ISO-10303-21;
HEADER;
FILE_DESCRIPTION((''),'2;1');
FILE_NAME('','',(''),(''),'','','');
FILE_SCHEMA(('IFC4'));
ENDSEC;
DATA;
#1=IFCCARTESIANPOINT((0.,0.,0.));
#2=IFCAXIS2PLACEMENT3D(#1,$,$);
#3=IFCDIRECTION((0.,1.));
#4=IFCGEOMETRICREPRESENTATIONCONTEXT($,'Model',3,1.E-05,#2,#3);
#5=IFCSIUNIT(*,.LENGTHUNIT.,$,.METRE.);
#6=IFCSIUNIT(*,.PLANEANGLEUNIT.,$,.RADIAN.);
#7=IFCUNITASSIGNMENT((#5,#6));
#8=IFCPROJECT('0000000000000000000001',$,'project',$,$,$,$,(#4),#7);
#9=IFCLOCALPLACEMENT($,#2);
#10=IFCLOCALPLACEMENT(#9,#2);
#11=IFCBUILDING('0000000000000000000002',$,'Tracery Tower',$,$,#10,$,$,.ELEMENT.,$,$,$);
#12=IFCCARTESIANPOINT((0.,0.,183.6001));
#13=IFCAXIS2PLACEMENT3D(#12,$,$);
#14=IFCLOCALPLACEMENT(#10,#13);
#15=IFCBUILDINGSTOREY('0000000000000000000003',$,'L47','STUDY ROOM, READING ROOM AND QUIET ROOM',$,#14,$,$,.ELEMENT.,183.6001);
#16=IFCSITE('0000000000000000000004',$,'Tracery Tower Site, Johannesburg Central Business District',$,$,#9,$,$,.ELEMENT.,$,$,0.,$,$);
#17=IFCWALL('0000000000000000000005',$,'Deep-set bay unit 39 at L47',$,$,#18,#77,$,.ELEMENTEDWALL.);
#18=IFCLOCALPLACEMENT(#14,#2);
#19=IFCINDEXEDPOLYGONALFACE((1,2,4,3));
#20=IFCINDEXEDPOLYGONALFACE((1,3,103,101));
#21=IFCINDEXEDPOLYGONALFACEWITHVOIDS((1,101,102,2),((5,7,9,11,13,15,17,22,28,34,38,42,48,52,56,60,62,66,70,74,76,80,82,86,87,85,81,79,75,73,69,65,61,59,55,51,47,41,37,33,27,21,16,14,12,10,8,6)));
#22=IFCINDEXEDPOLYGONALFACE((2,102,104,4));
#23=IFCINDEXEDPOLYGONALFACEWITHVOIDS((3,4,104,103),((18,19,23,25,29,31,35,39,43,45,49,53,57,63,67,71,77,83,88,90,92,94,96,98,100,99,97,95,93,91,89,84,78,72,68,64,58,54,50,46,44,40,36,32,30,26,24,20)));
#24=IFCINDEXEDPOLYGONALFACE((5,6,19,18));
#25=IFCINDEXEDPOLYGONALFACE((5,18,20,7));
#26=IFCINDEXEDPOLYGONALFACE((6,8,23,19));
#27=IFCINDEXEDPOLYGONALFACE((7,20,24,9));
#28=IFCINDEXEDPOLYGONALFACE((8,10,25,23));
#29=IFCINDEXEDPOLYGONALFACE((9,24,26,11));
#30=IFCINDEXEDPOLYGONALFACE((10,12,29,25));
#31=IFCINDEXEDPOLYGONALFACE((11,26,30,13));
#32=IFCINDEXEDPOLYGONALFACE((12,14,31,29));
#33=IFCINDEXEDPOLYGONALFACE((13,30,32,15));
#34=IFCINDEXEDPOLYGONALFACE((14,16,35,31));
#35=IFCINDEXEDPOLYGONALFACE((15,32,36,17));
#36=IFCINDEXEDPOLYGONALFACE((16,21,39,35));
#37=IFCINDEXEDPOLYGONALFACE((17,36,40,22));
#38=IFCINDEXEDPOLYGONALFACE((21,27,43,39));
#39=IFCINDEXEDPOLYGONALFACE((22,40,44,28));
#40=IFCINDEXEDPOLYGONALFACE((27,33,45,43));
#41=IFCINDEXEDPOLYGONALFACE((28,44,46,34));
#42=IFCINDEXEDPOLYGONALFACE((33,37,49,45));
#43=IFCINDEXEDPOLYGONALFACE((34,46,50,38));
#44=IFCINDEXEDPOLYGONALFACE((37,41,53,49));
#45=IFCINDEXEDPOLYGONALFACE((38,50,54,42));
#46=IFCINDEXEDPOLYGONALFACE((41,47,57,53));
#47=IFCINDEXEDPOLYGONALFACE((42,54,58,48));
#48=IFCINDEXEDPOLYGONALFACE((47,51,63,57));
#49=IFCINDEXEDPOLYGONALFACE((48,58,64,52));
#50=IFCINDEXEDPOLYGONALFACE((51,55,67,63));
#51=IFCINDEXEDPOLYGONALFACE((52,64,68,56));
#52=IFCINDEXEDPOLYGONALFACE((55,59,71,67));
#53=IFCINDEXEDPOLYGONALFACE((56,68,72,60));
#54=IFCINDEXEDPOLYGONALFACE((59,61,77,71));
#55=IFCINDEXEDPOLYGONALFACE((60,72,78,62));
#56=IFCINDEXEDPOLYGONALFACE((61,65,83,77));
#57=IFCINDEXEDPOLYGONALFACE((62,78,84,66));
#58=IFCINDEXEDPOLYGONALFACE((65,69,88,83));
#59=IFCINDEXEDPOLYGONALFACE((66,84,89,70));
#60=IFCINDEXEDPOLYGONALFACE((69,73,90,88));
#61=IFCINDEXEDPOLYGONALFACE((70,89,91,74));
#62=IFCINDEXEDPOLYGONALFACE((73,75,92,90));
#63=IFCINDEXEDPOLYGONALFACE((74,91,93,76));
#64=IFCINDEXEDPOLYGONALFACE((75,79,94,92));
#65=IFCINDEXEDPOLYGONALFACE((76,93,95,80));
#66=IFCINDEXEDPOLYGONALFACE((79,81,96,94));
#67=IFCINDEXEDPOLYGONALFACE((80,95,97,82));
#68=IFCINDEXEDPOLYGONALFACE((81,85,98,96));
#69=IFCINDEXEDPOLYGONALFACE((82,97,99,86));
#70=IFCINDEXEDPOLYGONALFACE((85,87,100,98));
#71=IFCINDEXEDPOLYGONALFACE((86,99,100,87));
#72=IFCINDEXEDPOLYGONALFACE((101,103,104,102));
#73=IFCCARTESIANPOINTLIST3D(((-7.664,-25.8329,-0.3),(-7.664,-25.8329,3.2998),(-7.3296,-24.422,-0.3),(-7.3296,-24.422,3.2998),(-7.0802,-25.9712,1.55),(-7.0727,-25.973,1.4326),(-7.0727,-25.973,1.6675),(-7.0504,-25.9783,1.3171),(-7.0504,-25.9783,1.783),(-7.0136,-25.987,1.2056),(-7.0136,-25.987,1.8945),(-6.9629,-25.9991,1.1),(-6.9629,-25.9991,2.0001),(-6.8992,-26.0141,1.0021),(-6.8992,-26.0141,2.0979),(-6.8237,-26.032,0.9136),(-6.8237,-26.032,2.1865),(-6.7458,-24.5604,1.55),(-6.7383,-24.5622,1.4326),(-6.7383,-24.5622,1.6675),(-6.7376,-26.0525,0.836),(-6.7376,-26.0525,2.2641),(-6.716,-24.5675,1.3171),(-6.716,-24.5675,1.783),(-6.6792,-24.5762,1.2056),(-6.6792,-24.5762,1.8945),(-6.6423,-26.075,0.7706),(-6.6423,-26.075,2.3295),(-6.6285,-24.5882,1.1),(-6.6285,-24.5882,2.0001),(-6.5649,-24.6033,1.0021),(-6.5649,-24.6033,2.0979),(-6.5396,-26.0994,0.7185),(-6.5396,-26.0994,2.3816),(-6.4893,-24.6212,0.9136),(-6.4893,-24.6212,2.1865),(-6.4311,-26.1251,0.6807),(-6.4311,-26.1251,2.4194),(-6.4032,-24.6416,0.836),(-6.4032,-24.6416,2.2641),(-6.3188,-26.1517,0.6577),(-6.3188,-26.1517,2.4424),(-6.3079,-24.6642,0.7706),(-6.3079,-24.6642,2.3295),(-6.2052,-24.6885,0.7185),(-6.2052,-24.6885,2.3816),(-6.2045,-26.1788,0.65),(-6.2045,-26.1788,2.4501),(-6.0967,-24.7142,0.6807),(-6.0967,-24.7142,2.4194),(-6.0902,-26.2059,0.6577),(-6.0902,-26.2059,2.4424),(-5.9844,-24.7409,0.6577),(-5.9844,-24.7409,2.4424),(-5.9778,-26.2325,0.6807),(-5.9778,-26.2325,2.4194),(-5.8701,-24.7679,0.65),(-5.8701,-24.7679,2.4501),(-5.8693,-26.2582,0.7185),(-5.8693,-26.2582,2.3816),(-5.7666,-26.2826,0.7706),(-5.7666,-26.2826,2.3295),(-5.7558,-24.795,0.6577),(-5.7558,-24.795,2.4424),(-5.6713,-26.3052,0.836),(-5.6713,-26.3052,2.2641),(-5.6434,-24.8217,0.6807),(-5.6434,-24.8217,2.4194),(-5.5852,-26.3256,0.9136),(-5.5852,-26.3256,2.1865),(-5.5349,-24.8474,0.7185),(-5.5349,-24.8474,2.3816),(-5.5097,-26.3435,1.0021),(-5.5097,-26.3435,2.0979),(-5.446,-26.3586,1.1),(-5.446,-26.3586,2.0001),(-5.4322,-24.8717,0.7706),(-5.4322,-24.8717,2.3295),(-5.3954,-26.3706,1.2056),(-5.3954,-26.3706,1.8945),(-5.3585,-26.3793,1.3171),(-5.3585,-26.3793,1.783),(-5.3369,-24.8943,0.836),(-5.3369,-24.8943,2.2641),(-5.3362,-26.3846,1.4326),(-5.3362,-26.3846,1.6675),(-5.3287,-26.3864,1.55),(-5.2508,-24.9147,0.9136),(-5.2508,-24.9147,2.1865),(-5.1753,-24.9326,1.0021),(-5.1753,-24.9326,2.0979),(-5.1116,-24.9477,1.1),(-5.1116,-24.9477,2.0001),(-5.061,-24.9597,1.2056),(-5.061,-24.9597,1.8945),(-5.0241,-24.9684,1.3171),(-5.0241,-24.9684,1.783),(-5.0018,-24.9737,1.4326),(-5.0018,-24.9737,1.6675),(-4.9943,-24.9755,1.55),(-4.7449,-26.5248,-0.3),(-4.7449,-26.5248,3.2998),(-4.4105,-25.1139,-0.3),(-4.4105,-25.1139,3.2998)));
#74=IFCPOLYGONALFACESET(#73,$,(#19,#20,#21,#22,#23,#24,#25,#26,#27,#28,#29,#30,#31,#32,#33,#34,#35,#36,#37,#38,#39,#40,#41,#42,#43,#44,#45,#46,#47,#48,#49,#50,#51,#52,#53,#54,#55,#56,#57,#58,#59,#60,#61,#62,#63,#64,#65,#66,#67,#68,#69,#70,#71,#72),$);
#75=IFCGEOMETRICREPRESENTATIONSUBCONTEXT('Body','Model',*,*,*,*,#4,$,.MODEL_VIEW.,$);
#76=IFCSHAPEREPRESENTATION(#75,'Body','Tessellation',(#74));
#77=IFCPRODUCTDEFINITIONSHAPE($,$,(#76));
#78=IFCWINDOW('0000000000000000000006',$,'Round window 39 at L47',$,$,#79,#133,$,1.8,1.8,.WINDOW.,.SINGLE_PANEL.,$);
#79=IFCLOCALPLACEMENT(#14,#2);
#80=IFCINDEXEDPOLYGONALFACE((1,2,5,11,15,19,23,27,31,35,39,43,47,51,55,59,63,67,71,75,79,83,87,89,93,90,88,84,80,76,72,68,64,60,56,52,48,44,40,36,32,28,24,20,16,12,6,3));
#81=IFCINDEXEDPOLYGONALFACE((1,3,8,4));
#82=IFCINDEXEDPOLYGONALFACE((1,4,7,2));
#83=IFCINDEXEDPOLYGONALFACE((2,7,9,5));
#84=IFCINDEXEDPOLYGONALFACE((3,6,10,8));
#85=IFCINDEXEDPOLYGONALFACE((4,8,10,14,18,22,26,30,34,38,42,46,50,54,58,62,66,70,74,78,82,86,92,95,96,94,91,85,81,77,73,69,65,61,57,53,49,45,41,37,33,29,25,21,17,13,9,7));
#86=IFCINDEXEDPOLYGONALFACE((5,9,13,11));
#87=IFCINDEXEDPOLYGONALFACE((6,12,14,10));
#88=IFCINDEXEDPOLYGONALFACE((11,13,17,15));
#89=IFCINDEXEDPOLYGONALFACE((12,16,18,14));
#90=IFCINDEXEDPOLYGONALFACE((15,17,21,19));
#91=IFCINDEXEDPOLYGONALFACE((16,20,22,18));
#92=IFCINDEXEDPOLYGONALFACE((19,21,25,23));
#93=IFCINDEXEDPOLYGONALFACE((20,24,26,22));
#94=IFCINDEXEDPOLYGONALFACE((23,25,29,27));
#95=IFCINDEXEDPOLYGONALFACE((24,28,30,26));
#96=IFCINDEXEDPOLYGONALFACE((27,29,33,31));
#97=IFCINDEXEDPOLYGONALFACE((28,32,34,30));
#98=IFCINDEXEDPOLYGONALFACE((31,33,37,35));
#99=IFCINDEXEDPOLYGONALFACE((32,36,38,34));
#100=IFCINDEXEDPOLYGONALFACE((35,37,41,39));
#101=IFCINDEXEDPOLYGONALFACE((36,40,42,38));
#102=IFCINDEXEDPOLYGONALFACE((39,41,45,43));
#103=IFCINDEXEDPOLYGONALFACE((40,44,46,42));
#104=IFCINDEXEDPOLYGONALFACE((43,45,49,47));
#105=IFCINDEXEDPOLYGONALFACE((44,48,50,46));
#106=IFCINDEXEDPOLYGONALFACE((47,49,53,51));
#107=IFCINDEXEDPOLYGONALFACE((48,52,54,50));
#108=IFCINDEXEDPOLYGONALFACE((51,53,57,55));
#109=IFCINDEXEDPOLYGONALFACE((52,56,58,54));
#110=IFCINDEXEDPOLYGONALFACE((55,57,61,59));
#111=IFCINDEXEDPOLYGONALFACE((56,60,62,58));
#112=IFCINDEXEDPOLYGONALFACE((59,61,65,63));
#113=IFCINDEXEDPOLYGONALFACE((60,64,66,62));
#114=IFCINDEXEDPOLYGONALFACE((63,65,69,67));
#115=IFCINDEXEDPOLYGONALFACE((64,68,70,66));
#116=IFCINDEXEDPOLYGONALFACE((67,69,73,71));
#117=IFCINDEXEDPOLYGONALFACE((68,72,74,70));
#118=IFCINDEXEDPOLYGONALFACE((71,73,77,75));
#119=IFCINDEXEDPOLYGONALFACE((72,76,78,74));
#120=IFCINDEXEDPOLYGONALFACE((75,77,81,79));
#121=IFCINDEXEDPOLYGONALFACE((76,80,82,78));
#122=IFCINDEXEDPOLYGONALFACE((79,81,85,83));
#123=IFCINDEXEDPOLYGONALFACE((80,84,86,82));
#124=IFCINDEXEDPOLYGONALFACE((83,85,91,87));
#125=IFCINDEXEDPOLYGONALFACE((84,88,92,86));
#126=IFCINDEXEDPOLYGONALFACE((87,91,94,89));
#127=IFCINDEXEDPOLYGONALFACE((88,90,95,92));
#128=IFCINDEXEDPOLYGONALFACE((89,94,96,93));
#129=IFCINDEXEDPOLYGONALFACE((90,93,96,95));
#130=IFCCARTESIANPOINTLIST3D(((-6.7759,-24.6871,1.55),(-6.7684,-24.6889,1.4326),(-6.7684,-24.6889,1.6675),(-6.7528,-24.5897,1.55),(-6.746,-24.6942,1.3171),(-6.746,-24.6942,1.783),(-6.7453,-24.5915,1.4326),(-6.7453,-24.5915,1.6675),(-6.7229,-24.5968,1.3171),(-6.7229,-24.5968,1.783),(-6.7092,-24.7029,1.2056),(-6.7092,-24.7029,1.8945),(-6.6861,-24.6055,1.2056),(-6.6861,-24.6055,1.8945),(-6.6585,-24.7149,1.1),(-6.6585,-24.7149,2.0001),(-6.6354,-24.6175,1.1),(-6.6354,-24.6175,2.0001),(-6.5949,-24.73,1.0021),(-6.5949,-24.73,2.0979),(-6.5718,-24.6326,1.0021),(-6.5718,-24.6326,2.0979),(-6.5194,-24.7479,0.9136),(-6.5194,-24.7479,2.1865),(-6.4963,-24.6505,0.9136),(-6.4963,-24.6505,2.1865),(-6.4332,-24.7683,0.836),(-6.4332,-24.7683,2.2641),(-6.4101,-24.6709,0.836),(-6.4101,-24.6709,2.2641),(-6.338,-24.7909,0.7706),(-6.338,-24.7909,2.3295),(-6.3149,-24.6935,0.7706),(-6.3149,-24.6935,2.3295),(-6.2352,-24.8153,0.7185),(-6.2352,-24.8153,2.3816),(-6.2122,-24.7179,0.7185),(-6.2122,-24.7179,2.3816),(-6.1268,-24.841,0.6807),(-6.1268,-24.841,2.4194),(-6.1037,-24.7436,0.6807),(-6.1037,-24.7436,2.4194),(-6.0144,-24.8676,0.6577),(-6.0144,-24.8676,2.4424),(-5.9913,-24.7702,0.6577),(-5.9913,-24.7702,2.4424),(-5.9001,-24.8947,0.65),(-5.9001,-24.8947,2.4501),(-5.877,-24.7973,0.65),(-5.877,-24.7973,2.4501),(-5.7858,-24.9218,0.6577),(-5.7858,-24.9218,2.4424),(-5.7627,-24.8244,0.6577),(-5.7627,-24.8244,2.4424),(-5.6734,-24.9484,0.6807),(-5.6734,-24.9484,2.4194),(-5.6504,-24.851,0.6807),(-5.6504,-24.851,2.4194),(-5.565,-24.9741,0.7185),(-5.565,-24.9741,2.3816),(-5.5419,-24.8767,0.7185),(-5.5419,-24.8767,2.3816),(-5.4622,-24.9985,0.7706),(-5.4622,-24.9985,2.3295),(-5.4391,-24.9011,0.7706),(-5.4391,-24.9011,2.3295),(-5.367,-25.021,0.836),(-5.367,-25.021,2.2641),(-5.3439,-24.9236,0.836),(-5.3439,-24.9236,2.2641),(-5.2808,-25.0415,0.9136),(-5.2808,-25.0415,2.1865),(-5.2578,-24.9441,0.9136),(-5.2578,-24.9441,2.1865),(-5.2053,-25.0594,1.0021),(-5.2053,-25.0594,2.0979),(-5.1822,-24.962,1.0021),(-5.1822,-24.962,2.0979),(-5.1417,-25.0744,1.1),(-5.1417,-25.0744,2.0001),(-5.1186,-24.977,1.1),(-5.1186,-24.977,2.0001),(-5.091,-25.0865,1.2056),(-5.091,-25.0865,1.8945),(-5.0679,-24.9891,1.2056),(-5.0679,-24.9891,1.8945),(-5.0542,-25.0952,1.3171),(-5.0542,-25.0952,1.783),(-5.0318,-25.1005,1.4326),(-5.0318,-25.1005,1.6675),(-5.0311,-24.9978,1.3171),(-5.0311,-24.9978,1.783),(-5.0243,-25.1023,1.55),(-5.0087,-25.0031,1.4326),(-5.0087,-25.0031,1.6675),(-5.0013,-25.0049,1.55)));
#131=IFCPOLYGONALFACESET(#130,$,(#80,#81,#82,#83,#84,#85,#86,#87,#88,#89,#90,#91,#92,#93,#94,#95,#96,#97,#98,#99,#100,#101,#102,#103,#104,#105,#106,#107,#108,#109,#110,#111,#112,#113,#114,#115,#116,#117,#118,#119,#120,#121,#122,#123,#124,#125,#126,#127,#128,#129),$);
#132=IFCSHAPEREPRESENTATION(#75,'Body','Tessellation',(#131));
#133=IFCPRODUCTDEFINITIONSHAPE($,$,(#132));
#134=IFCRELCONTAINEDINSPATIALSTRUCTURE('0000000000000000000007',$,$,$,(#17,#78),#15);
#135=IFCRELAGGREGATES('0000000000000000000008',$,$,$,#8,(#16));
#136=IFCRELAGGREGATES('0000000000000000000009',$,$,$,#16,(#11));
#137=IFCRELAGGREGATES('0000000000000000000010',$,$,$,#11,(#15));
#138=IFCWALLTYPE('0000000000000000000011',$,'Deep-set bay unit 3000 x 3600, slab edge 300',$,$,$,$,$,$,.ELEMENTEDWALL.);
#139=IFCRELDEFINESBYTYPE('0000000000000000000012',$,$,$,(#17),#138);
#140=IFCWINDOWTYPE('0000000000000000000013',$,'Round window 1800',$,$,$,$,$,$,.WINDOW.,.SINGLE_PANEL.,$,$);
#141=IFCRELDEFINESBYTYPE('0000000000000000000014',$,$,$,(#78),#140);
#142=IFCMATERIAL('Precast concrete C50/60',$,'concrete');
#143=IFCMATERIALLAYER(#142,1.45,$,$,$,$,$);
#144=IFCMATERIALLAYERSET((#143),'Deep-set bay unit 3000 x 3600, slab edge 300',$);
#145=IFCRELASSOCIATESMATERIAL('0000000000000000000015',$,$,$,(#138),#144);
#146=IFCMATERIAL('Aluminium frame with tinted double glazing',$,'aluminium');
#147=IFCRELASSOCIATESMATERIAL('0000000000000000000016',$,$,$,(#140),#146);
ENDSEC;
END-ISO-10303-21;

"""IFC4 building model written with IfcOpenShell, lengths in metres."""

from ifc_helpers import new_model, si_unit, direction, frame, frame_2d, origin, origin_2d, place, context, subcontext, project, spatial, rectangle, circle, extrude, material, layer, layer_set, type_object, element, fill, save


model = new_model("IFC4")

# Units and contexts
model_context = context("Model", 3, precision=1e-05, world=origin(), true_north=direction((0.0, 1.0)))
body_context = subcontext(model_context, "Body", "Model", "MODEL_VIEW")
ifc_project = project(units=[si_unit("LENGTHUNIT", "METRE"), si_unit("PLANEANGLEUNIT", "RADIAN")], contexts=[model_context])

# Site, building, storey
site_placement = place(None, origin())
site = spatial("IfcSite", under=ifc_project, at=site_placement, Name="Tracery Tower Site, Johannesburg Central Business District", CompositionType="ELEMENT", RefElevation=0.0)
building_placement = place(site_placement, origin())
building = spatial("IfcBuilding", under=site, at=building_placement, Name="Tracery Tower", CompositionType="ELEMENT")
storey_placement = place(building_placement, frame((0.0, 0.0, 183.6001)))
storey = spatial("IfcBuildingStorey", under=building, at=storey_placement, Name="L47", Description="STUDY ROOM, READING ROOM AND QUIET ROOM", CompositionType="ELEMENT", Elevation=183.6001)

# Wall, opening, window
ifc_material_1 = material(Name="Precast concrete C50/60", Category="concrete")
ifc_layer_1 = layer(ifc_material_1, 1.45)
ifc_layer_set_1 = layer_set([ifc_layer_1], Name="Deep-set bay unit 3000 x 3600, slab edge 300")
wall_type_1 = type_object("IfcWallType", Name="Deep-set bay unit 3000 x 3600, slab edge 300", PredefinedType="ELEMENTEDWALL", material=ifc_layer_set_1)
wall_1_placement = place(storey_placement, frame((-7.4968, -25.1274, -0.3), z_axis=(0.0, 0.0, 1.0), x_axis=(0.973042, -0.230627, 0.0)))
wall_1 = element("IfcWall", 1, at=wall_1_placement, inside=storey, type_object=wall_type_1, Name="Deep-set bay unit 39 at L47", PredefinedType="ELEMENTEDWALL", context=body_context, shape_type="SweptSolid", body=[
    extrude(rectangle(XDim=3.0, YDim=1.45, at=frame_2d((1.5, 0.0))), origin(), (0.0, 0.0, 1.0), 3.5999),
])
opening_1_placement = place(wall_1_placement, frame((1.5, 0.0, 1.8501)))
opening_1 = element("IfcOpeningElement", 2, at=opening_1_placement, cuts=wall_1, PredefinedType="OPENING", context=body_context, shape_type="SweptSolid", body=[
    extrude(circle(Radius=0.9, at=origin_2d()), frame((0.0, 0.7349, 0.0), z_axis=(0.0, -1.0, 0.0), x_axis=(1.0, 0.0, 0.0)), (0.0, 0.0, 1.0), 1.47),
])
ifc_material_2 = material(Name="Aluminium frame with tinted double glazing", Category="aluminium")
window_type = type_object("IfcWindowType", Name="Round window 1800", PartitioningType="SINGLE_PANEL", PredefinedType="WINDOW", material=ifc_material_2)
window_1_placement = place(opening_1_placement, origin())
window_1 = element("IfcWindow", 3, at=window_1_placement, inside=storey, type_object=window_type, Name="Round window 39 at L47", OverallHeight=1.8, OverallWidth=1.8, PartitioningType="SINGLE_PANEL", PredefinedType="WINDOW", context=body_context, shape_type="SweptSolid", body=[
    extrude(circle(Radius=0.9, at=origin_2d()), frame((0.0, 0.6948, 0.0), z_axis=(0.0, -1.0, 0.0), x_axis=(1.0, 0.0, 0.0)), (0.0, 0.0, 1.0), 0.1001),
])
fill(opening_1, window_1)

save(model, "model.ifc")
